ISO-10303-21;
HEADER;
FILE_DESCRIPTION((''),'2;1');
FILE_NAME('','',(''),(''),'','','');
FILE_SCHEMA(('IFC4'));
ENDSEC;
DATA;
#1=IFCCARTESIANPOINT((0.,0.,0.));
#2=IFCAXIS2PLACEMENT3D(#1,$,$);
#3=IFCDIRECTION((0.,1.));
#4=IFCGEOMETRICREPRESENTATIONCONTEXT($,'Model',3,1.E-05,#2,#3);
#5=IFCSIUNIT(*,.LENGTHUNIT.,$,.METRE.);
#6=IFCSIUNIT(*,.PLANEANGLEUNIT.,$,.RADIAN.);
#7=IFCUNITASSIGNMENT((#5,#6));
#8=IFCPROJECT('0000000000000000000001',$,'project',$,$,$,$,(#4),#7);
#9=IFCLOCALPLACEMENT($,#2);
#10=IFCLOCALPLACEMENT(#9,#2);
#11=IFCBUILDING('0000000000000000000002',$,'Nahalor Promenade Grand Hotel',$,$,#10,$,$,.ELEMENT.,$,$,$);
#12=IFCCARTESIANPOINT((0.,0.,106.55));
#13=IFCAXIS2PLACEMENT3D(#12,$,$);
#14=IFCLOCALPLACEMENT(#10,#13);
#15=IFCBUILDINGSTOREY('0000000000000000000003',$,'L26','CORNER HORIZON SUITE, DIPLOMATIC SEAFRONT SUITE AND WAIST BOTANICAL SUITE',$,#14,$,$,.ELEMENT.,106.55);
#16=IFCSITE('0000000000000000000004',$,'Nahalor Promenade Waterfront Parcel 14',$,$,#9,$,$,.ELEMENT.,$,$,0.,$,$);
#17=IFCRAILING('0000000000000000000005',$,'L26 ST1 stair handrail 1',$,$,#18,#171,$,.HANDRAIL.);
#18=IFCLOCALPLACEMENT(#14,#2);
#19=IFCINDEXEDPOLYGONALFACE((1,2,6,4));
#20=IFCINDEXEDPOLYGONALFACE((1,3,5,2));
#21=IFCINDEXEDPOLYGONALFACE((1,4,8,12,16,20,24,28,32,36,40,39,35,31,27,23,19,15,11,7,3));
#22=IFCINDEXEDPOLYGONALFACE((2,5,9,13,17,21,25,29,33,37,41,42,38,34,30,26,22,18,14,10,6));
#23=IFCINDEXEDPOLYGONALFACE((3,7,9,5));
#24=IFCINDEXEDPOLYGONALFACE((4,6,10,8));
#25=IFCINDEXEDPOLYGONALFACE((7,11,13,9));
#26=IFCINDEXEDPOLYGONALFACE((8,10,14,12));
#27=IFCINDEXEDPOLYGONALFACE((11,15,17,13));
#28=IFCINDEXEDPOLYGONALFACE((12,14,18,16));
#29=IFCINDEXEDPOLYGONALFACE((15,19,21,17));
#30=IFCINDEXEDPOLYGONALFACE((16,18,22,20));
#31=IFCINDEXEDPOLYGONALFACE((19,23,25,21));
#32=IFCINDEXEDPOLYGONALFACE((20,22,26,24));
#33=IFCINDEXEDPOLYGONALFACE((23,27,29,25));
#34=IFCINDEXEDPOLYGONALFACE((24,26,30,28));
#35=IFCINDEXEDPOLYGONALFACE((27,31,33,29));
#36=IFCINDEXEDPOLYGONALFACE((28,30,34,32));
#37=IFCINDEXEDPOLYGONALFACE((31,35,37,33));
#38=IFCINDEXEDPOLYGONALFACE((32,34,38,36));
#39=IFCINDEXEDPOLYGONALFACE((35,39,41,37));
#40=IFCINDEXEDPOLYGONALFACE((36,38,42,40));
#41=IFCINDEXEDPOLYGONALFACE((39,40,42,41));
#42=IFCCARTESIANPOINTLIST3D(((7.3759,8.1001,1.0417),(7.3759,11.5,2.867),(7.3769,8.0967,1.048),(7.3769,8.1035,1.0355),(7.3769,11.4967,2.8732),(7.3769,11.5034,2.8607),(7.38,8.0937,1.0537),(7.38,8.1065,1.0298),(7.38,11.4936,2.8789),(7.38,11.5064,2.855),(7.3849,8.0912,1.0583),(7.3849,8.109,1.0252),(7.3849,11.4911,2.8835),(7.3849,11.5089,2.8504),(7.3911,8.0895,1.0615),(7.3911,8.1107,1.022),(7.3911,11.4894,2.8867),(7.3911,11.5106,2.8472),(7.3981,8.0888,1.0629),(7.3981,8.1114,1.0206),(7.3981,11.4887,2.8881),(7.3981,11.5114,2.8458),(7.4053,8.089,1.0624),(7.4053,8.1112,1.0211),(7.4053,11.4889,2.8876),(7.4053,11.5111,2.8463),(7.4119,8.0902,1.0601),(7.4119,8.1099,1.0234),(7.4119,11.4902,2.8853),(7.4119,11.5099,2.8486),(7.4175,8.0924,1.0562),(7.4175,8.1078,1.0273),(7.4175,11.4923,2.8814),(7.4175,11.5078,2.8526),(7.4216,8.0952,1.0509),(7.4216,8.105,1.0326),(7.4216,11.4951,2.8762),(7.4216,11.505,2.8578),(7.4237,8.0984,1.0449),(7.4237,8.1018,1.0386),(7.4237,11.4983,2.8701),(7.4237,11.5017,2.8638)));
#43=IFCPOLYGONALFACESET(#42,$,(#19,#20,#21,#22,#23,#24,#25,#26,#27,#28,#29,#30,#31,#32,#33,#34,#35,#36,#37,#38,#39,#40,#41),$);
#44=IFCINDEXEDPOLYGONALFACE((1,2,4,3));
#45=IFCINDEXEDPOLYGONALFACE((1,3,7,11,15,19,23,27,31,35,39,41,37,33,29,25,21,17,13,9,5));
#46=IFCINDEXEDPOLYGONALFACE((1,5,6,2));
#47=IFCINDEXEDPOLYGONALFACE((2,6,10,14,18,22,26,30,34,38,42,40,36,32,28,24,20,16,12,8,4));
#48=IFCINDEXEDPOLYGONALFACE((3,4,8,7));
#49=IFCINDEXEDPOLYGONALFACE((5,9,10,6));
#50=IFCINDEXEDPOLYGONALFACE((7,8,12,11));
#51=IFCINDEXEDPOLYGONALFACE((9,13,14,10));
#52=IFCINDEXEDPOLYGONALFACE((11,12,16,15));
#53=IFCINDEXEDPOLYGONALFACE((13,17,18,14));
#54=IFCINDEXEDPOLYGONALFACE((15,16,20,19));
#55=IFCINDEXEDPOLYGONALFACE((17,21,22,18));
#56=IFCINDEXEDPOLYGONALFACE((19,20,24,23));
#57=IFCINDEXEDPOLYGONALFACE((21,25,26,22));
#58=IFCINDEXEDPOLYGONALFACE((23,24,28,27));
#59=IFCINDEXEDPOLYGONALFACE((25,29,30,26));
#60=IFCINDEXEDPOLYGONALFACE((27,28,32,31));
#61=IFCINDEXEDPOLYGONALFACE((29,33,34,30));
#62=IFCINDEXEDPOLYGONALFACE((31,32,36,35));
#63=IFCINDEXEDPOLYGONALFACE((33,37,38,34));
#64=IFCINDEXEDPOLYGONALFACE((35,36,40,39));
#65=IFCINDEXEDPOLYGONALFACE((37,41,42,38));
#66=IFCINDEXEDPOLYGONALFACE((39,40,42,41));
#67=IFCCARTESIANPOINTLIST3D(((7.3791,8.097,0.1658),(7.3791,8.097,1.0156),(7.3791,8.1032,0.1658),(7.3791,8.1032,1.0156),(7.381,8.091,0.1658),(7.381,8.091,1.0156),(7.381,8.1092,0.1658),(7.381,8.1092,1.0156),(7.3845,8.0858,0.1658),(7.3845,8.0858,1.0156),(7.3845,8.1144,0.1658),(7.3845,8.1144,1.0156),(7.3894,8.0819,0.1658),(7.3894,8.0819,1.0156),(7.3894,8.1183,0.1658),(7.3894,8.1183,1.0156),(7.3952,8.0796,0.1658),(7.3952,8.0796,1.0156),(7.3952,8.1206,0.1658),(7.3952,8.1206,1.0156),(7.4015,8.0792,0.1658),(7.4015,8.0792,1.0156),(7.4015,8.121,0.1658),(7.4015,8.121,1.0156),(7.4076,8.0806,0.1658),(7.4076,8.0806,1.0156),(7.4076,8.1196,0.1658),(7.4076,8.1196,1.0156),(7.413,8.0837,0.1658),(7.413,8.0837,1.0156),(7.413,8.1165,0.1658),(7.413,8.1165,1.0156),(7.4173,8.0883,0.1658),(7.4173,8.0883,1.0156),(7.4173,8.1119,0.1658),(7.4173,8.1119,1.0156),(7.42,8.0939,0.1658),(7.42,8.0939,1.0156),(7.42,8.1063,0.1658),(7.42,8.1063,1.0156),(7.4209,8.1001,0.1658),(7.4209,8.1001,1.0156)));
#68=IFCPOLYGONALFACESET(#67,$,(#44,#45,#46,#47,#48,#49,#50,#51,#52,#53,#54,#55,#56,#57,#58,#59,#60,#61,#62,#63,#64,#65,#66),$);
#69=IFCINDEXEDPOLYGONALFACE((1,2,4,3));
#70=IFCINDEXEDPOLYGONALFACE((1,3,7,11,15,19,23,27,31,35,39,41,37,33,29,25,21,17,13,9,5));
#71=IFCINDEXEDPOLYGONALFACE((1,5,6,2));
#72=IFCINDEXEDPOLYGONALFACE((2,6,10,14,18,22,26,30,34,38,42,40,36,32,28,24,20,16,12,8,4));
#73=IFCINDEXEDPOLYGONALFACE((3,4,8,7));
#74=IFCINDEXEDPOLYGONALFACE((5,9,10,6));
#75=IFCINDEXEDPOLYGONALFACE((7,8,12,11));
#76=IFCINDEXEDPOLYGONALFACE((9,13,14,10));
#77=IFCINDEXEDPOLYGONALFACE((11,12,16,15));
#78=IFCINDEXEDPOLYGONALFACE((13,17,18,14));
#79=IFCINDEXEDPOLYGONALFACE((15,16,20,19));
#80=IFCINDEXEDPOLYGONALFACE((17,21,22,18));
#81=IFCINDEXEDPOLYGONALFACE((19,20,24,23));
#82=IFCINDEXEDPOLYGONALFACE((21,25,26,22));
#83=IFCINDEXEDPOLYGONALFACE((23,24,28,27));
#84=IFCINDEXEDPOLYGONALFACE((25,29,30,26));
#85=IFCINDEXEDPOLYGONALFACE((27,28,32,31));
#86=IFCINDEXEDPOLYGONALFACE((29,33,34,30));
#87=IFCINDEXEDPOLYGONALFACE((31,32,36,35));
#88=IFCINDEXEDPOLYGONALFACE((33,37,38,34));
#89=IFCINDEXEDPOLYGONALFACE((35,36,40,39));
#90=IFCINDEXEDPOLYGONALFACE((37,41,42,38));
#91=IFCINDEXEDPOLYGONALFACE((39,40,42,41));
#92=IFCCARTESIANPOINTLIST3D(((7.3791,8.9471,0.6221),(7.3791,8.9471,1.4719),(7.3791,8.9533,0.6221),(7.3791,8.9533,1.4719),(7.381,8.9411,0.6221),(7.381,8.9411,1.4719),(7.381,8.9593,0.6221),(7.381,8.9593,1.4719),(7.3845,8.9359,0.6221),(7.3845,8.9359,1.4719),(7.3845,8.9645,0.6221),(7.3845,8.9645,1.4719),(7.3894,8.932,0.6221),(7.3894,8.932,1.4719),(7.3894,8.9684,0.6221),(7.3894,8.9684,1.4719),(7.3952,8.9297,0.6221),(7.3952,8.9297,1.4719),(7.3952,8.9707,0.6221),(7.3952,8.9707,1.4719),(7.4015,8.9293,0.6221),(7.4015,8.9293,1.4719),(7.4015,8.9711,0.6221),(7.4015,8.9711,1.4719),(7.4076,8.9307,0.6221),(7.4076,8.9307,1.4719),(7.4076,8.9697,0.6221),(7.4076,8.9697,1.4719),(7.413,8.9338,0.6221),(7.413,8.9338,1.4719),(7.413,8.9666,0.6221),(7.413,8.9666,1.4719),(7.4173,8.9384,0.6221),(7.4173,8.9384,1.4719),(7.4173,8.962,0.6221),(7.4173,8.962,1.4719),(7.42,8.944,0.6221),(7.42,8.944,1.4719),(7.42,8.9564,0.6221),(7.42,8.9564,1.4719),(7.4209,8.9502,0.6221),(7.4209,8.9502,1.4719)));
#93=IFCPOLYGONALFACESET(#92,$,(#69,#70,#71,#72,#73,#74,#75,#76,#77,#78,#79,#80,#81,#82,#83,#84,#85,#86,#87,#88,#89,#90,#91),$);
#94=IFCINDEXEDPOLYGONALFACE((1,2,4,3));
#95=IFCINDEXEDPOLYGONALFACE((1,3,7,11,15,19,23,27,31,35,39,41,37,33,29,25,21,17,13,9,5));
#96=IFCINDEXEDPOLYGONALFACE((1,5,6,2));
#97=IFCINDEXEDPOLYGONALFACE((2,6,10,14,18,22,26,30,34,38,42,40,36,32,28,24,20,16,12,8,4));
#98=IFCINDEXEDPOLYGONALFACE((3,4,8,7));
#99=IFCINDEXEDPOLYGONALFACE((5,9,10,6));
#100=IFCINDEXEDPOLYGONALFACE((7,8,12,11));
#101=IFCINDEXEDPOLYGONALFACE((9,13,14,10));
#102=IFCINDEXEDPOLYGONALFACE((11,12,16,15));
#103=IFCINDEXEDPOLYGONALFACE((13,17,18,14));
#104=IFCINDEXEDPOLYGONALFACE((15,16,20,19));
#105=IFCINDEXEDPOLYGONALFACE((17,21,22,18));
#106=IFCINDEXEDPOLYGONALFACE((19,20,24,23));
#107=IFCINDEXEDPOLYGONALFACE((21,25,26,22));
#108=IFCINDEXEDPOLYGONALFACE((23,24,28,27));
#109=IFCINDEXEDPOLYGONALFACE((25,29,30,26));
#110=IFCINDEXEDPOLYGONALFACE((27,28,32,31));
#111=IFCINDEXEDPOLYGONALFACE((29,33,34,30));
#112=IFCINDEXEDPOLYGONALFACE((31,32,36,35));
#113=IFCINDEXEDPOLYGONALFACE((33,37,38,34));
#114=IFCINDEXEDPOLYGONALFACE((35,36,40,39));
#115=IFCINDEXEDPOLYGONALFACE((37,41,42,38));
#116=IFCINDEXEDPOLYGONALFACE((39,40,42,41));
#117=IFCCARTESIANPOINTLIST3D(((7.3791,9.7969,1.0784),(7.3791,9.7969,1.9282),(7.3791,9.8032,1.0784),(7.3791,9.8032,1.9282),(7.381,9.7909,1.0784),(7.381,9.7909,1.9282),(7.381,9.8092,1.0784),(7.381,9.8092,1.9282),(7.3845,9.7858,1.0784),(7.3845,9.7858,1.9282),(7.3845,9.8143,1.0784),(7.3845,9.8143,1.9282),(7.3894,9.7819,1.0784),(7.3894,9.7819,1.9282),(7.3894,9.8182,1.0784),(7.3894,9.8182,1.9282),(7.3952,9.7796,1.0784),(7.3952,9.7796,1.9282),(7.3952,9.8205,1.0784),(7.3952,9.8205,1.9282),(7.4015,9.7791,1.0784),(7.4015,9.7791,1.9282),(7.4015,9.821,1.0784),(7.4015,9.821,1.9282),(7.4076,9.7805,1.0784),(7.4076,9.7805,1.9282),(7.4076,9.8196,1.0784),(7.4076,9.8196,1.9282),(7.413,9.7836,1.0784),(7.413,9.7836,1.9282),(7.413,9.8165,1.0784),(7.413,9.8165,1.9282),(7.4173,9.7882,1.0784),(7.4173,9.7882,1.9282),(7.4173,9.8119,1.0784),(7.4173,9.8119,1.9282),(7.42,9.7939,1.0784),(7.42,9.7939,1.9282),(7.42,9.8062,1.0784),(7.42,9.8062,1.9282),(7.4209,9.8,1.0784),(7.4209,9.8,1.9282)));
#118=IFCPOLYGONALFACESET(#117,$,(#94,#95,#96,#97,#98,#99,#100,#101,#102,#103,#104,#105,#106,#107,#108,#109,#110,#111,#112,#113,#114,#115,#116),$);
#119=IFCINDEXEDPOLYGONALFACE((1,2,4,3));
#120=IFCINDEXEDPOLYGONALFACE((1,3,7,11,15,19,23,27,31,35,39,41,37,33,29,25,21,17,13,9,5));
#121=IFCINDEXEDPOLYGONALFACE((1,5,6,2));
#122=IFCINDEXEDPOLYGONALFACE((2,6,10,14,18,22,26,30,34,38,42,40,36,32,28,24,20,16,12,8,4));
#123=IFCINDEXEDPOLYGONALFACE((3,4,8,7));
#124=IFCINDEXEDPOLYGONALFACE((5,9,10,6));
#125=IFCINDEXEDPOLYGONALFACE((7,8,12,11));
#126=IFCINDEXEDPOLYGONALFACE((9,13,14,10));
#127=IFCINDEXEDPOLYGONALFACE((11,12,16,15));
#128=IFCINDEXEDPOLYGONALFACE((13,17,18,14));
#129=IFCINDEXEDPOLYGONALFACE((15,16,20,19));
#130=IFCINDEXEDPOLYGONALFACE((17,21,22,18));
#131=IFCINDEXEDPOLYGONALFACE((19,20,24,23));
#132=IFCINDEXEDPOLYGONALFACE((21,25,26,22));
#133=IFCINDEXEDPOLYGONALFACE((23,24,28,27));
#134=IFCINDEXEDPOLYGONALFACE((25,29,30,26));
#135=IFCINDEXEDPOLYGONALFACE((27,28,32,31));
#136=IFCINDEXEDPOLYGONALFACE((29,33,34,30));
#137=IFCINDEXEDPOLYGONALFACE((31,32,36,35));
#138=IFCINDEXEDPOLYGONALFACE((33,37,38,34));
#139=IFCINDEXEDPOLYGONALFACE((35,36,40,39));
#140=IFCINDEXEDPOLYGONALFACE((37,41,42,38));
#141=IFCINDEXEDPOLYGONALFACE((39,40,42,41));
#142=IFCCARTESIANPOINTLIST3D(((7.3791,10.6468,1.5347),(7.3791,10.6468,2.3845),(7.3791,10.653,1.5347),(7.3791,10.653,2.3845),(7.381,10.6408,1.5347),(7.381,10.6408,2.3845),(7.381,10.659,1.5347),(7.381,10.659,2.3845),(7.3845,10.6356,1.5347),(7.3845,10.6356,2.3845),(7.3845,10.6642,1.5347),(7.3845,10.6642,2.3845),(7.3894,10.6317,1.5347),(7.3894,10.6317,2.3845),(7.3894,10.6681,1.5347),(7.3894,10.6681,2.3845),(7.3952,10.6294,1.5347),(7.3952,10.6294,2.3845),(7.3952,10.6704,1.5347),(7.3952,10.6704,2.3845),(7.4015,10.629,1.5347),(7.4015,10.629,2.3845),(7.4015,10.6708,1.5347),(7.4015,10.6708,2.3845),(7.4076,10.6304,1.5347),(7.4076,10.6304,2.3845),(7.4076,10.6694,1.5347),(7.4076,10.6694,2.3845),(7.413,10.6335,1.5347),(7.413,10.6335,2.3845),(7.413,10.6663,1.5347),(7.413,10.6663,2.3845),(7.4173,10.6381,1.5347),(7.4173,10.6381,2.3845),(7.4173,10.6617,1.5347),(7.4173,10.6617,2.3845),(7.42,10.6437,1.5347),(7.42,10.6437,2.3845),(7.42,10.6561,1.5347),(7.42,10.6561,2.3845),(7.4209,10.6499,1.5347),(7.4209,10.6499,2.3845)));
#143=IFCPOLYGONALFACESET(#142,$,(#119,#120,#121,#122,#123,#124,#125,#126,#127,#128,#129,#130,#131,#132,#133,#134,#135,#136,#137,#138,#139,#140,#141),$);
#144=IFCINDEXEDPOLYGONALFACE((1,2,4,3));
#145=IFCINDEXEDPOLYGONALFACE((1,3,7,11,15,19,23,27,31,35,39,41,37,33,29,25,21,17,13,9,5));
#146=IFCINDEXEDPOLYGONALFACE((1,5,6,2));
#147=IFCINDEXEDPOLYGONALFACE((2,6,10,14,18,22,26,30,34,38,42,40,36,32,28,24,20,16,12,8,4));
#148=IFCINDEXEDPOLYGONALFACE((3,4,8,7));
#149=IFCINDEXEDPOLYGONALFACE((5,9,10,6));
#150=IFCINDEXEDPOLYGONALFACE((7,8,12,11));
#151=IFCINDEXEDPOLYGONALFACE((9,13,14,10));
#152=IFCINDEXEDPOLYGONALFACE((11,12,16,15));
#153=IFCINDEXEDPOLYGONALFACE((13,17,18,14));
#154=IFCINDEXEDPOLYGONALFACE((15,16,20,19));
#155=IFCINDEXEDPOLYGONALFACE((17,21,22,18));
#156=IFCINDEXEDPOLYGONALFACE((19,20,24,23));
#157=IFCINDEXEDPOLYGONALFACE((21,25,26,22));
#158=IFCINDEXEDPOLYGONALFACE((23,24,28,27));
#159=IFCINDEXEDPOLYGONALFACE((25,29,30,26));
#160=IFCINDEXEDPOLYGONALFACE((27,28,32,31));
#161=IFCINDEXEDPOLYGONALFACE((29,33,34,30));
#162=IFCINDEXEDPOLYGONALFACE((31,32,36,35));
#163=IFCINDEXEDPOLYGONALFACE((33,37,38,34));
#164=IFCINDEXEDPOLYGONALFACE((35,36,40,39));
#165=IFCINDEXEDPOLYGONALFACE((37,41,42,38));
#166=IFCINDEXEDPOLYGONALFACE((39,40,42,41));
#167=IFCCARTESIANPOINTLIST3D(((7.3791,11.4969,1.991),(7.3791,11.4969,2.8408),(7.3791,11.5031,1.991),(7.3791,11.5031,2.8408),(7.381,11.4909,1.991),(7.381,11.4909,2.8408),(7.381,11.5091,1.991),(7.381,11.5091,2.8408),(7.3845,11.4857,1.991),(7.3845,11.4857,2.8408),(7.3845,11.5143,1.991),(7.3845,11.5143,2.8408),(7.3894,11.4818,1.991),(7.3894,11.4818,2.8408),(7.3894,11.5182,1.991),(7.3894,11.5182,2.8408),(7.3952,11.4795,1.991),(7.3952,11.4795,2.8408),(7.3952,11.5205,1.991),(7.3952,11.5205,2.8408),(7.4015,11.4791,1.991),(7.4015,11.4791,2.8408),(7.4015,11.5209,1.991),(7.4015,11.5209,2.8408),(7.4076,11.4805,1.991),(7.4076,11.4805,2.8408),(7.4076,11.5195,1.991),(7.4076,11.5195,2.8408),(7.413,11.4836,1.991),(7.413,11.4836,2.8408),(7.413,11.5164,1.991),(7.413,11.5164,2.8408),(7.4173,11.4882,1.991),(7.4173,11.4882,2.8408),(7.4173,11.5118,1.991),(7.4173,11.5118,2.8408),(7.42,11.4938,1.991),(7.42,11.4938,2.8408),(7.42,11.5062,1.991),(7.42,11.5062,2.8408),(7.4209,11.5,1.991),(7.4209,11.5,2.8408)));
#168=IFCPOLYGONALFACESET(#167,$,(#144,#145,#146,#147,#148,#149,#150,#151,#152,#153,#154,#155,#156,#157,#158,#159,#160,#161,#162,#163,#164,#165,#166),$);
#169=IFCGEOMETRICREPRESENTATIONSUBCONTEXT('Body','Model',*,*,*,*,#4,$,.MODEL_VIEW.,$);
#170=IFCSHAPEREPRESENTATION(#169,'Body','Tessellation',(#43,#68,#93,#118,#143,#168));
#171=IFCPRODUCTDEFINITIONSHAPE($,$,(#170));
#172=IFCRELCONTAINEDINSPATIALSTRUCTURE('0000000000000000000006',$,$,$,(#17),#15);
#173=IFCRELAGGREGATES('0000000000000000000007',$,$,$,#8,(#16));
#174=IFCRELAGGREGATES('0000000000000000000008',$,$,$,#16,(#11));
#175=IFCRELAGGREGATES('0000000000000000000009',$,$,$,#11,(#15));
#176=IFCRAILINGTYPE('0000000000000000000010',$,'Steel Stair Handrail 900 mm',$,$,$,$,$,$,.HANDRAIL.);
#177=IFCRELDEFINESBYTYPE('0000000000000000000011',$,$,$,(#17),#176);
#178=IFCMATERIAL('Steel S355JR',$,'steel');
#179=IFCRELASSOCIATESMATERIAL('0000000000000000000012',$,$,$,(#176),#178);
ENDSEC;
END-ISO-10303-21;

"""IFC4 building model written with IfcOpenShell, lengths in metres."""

from ifc_helpers import new_model, si_unit, direction, frame, origin, origin_2d, place, context, subcontext, project, spatial, circle, extrude, material, type_object, element, save


model = new_model("IFC4")

# Units and contexts
model_context = context("Model", 3, precision=1e-05, world=origin(), true_north=direction((0.0, 1.0)))
body_context = subcontext(model_context, "Body", "Model", "MODEL_VIEW")
ifc_project = project(units=[si_unit("LENGTHUNIT", "METRE"), si_unit("PLANEANGLEUNIT", "RADIAN")], contexts=[model_context])

# Site, building, storey
site_placement = place(None, origin())
site = spatial("IfcSite", under=ifc_project, at=site_placement, Name="Nahalor Promenade Waterfront Parcel 14", CompositionType="ELEMENT", RefElevation=0.0)
building_placement = place(site_placement, origin())
building = spatial("IfcBuilding", under=site, at=building_placement, Name="Nahalor Promenade Grand Hotel", CompositionType="ELEMENT")
storey_placement = place(building_placement, frame((0.0, 0.0, 106.55)))
storey = spatial("IfcBuildingStorey", under=building, at=storey_placement, Name="L26", Description="CORNER HORIZON SUITE, DIPLOMATIC SEAFRONT SUITE AND WAIST BOTANICAL SUITE", CompositionType="ELEMENT", Elevation=106.55)

# Shared definitions
ifc_material_1 = material(Name="Steel S355JR", Category="steel")

# Railing
railing_type_1 = type_object("IfcRailingType", Name="Steel Stair Handrail 900 mm", PredefinedType="HANDRAIL", material=ifc_material_1)
railing_1_placement = place(storey_placement, frame((7.3999, 8.1001, 0.1658)))
element("IfcRailing", 1, at=railing_1_placement, inside=storey, type_object=railing_type_1, Name="L26 ST1 stair handrail 1", PredefinedType="HANDRAIL", context=body_context, shape_type="SweptSolid", body=[
    extrude(circle(Radius=0.024, at=origin_2d()), frame((0.0, 0.0, 0.876), z_axis=(0.0, 0.881068, 0.47299), x_axis=(-1.0, 0.0, 0.0)), (0.0, 0.0, 1.0), 3.8589),
    extrude(circle(Radius=0.021, at=origin_2d()), origin(), (0.0, 0.0, 1.0), 0.8499),
    extrude(circle(Radius=0.021, at=origin_2d()), frame((0.0, 0.8501, 0.4563)), (0.0, 0.0, 1.0), 0.8499),
    extrude(circle(Radius=0.021, at=origin_2d()), frame((0.0, 1.7, 0.9126)), (0.0, 0.0, 1.0), 0.8499),
    extrude(circle(Radius=0.021, at=origin_2d()), frame((0.0, 2.5498, 1.3689)), (0.0, 0.0, 1.0), 0.8499),
    extrude(circle(Radius=0.021, at=origin_2d()), frame((0.0, 3.3999, 1.8252)), (0.0, 0.0, 1.0), 0.8499),
])

save(model, "model.ifc")
